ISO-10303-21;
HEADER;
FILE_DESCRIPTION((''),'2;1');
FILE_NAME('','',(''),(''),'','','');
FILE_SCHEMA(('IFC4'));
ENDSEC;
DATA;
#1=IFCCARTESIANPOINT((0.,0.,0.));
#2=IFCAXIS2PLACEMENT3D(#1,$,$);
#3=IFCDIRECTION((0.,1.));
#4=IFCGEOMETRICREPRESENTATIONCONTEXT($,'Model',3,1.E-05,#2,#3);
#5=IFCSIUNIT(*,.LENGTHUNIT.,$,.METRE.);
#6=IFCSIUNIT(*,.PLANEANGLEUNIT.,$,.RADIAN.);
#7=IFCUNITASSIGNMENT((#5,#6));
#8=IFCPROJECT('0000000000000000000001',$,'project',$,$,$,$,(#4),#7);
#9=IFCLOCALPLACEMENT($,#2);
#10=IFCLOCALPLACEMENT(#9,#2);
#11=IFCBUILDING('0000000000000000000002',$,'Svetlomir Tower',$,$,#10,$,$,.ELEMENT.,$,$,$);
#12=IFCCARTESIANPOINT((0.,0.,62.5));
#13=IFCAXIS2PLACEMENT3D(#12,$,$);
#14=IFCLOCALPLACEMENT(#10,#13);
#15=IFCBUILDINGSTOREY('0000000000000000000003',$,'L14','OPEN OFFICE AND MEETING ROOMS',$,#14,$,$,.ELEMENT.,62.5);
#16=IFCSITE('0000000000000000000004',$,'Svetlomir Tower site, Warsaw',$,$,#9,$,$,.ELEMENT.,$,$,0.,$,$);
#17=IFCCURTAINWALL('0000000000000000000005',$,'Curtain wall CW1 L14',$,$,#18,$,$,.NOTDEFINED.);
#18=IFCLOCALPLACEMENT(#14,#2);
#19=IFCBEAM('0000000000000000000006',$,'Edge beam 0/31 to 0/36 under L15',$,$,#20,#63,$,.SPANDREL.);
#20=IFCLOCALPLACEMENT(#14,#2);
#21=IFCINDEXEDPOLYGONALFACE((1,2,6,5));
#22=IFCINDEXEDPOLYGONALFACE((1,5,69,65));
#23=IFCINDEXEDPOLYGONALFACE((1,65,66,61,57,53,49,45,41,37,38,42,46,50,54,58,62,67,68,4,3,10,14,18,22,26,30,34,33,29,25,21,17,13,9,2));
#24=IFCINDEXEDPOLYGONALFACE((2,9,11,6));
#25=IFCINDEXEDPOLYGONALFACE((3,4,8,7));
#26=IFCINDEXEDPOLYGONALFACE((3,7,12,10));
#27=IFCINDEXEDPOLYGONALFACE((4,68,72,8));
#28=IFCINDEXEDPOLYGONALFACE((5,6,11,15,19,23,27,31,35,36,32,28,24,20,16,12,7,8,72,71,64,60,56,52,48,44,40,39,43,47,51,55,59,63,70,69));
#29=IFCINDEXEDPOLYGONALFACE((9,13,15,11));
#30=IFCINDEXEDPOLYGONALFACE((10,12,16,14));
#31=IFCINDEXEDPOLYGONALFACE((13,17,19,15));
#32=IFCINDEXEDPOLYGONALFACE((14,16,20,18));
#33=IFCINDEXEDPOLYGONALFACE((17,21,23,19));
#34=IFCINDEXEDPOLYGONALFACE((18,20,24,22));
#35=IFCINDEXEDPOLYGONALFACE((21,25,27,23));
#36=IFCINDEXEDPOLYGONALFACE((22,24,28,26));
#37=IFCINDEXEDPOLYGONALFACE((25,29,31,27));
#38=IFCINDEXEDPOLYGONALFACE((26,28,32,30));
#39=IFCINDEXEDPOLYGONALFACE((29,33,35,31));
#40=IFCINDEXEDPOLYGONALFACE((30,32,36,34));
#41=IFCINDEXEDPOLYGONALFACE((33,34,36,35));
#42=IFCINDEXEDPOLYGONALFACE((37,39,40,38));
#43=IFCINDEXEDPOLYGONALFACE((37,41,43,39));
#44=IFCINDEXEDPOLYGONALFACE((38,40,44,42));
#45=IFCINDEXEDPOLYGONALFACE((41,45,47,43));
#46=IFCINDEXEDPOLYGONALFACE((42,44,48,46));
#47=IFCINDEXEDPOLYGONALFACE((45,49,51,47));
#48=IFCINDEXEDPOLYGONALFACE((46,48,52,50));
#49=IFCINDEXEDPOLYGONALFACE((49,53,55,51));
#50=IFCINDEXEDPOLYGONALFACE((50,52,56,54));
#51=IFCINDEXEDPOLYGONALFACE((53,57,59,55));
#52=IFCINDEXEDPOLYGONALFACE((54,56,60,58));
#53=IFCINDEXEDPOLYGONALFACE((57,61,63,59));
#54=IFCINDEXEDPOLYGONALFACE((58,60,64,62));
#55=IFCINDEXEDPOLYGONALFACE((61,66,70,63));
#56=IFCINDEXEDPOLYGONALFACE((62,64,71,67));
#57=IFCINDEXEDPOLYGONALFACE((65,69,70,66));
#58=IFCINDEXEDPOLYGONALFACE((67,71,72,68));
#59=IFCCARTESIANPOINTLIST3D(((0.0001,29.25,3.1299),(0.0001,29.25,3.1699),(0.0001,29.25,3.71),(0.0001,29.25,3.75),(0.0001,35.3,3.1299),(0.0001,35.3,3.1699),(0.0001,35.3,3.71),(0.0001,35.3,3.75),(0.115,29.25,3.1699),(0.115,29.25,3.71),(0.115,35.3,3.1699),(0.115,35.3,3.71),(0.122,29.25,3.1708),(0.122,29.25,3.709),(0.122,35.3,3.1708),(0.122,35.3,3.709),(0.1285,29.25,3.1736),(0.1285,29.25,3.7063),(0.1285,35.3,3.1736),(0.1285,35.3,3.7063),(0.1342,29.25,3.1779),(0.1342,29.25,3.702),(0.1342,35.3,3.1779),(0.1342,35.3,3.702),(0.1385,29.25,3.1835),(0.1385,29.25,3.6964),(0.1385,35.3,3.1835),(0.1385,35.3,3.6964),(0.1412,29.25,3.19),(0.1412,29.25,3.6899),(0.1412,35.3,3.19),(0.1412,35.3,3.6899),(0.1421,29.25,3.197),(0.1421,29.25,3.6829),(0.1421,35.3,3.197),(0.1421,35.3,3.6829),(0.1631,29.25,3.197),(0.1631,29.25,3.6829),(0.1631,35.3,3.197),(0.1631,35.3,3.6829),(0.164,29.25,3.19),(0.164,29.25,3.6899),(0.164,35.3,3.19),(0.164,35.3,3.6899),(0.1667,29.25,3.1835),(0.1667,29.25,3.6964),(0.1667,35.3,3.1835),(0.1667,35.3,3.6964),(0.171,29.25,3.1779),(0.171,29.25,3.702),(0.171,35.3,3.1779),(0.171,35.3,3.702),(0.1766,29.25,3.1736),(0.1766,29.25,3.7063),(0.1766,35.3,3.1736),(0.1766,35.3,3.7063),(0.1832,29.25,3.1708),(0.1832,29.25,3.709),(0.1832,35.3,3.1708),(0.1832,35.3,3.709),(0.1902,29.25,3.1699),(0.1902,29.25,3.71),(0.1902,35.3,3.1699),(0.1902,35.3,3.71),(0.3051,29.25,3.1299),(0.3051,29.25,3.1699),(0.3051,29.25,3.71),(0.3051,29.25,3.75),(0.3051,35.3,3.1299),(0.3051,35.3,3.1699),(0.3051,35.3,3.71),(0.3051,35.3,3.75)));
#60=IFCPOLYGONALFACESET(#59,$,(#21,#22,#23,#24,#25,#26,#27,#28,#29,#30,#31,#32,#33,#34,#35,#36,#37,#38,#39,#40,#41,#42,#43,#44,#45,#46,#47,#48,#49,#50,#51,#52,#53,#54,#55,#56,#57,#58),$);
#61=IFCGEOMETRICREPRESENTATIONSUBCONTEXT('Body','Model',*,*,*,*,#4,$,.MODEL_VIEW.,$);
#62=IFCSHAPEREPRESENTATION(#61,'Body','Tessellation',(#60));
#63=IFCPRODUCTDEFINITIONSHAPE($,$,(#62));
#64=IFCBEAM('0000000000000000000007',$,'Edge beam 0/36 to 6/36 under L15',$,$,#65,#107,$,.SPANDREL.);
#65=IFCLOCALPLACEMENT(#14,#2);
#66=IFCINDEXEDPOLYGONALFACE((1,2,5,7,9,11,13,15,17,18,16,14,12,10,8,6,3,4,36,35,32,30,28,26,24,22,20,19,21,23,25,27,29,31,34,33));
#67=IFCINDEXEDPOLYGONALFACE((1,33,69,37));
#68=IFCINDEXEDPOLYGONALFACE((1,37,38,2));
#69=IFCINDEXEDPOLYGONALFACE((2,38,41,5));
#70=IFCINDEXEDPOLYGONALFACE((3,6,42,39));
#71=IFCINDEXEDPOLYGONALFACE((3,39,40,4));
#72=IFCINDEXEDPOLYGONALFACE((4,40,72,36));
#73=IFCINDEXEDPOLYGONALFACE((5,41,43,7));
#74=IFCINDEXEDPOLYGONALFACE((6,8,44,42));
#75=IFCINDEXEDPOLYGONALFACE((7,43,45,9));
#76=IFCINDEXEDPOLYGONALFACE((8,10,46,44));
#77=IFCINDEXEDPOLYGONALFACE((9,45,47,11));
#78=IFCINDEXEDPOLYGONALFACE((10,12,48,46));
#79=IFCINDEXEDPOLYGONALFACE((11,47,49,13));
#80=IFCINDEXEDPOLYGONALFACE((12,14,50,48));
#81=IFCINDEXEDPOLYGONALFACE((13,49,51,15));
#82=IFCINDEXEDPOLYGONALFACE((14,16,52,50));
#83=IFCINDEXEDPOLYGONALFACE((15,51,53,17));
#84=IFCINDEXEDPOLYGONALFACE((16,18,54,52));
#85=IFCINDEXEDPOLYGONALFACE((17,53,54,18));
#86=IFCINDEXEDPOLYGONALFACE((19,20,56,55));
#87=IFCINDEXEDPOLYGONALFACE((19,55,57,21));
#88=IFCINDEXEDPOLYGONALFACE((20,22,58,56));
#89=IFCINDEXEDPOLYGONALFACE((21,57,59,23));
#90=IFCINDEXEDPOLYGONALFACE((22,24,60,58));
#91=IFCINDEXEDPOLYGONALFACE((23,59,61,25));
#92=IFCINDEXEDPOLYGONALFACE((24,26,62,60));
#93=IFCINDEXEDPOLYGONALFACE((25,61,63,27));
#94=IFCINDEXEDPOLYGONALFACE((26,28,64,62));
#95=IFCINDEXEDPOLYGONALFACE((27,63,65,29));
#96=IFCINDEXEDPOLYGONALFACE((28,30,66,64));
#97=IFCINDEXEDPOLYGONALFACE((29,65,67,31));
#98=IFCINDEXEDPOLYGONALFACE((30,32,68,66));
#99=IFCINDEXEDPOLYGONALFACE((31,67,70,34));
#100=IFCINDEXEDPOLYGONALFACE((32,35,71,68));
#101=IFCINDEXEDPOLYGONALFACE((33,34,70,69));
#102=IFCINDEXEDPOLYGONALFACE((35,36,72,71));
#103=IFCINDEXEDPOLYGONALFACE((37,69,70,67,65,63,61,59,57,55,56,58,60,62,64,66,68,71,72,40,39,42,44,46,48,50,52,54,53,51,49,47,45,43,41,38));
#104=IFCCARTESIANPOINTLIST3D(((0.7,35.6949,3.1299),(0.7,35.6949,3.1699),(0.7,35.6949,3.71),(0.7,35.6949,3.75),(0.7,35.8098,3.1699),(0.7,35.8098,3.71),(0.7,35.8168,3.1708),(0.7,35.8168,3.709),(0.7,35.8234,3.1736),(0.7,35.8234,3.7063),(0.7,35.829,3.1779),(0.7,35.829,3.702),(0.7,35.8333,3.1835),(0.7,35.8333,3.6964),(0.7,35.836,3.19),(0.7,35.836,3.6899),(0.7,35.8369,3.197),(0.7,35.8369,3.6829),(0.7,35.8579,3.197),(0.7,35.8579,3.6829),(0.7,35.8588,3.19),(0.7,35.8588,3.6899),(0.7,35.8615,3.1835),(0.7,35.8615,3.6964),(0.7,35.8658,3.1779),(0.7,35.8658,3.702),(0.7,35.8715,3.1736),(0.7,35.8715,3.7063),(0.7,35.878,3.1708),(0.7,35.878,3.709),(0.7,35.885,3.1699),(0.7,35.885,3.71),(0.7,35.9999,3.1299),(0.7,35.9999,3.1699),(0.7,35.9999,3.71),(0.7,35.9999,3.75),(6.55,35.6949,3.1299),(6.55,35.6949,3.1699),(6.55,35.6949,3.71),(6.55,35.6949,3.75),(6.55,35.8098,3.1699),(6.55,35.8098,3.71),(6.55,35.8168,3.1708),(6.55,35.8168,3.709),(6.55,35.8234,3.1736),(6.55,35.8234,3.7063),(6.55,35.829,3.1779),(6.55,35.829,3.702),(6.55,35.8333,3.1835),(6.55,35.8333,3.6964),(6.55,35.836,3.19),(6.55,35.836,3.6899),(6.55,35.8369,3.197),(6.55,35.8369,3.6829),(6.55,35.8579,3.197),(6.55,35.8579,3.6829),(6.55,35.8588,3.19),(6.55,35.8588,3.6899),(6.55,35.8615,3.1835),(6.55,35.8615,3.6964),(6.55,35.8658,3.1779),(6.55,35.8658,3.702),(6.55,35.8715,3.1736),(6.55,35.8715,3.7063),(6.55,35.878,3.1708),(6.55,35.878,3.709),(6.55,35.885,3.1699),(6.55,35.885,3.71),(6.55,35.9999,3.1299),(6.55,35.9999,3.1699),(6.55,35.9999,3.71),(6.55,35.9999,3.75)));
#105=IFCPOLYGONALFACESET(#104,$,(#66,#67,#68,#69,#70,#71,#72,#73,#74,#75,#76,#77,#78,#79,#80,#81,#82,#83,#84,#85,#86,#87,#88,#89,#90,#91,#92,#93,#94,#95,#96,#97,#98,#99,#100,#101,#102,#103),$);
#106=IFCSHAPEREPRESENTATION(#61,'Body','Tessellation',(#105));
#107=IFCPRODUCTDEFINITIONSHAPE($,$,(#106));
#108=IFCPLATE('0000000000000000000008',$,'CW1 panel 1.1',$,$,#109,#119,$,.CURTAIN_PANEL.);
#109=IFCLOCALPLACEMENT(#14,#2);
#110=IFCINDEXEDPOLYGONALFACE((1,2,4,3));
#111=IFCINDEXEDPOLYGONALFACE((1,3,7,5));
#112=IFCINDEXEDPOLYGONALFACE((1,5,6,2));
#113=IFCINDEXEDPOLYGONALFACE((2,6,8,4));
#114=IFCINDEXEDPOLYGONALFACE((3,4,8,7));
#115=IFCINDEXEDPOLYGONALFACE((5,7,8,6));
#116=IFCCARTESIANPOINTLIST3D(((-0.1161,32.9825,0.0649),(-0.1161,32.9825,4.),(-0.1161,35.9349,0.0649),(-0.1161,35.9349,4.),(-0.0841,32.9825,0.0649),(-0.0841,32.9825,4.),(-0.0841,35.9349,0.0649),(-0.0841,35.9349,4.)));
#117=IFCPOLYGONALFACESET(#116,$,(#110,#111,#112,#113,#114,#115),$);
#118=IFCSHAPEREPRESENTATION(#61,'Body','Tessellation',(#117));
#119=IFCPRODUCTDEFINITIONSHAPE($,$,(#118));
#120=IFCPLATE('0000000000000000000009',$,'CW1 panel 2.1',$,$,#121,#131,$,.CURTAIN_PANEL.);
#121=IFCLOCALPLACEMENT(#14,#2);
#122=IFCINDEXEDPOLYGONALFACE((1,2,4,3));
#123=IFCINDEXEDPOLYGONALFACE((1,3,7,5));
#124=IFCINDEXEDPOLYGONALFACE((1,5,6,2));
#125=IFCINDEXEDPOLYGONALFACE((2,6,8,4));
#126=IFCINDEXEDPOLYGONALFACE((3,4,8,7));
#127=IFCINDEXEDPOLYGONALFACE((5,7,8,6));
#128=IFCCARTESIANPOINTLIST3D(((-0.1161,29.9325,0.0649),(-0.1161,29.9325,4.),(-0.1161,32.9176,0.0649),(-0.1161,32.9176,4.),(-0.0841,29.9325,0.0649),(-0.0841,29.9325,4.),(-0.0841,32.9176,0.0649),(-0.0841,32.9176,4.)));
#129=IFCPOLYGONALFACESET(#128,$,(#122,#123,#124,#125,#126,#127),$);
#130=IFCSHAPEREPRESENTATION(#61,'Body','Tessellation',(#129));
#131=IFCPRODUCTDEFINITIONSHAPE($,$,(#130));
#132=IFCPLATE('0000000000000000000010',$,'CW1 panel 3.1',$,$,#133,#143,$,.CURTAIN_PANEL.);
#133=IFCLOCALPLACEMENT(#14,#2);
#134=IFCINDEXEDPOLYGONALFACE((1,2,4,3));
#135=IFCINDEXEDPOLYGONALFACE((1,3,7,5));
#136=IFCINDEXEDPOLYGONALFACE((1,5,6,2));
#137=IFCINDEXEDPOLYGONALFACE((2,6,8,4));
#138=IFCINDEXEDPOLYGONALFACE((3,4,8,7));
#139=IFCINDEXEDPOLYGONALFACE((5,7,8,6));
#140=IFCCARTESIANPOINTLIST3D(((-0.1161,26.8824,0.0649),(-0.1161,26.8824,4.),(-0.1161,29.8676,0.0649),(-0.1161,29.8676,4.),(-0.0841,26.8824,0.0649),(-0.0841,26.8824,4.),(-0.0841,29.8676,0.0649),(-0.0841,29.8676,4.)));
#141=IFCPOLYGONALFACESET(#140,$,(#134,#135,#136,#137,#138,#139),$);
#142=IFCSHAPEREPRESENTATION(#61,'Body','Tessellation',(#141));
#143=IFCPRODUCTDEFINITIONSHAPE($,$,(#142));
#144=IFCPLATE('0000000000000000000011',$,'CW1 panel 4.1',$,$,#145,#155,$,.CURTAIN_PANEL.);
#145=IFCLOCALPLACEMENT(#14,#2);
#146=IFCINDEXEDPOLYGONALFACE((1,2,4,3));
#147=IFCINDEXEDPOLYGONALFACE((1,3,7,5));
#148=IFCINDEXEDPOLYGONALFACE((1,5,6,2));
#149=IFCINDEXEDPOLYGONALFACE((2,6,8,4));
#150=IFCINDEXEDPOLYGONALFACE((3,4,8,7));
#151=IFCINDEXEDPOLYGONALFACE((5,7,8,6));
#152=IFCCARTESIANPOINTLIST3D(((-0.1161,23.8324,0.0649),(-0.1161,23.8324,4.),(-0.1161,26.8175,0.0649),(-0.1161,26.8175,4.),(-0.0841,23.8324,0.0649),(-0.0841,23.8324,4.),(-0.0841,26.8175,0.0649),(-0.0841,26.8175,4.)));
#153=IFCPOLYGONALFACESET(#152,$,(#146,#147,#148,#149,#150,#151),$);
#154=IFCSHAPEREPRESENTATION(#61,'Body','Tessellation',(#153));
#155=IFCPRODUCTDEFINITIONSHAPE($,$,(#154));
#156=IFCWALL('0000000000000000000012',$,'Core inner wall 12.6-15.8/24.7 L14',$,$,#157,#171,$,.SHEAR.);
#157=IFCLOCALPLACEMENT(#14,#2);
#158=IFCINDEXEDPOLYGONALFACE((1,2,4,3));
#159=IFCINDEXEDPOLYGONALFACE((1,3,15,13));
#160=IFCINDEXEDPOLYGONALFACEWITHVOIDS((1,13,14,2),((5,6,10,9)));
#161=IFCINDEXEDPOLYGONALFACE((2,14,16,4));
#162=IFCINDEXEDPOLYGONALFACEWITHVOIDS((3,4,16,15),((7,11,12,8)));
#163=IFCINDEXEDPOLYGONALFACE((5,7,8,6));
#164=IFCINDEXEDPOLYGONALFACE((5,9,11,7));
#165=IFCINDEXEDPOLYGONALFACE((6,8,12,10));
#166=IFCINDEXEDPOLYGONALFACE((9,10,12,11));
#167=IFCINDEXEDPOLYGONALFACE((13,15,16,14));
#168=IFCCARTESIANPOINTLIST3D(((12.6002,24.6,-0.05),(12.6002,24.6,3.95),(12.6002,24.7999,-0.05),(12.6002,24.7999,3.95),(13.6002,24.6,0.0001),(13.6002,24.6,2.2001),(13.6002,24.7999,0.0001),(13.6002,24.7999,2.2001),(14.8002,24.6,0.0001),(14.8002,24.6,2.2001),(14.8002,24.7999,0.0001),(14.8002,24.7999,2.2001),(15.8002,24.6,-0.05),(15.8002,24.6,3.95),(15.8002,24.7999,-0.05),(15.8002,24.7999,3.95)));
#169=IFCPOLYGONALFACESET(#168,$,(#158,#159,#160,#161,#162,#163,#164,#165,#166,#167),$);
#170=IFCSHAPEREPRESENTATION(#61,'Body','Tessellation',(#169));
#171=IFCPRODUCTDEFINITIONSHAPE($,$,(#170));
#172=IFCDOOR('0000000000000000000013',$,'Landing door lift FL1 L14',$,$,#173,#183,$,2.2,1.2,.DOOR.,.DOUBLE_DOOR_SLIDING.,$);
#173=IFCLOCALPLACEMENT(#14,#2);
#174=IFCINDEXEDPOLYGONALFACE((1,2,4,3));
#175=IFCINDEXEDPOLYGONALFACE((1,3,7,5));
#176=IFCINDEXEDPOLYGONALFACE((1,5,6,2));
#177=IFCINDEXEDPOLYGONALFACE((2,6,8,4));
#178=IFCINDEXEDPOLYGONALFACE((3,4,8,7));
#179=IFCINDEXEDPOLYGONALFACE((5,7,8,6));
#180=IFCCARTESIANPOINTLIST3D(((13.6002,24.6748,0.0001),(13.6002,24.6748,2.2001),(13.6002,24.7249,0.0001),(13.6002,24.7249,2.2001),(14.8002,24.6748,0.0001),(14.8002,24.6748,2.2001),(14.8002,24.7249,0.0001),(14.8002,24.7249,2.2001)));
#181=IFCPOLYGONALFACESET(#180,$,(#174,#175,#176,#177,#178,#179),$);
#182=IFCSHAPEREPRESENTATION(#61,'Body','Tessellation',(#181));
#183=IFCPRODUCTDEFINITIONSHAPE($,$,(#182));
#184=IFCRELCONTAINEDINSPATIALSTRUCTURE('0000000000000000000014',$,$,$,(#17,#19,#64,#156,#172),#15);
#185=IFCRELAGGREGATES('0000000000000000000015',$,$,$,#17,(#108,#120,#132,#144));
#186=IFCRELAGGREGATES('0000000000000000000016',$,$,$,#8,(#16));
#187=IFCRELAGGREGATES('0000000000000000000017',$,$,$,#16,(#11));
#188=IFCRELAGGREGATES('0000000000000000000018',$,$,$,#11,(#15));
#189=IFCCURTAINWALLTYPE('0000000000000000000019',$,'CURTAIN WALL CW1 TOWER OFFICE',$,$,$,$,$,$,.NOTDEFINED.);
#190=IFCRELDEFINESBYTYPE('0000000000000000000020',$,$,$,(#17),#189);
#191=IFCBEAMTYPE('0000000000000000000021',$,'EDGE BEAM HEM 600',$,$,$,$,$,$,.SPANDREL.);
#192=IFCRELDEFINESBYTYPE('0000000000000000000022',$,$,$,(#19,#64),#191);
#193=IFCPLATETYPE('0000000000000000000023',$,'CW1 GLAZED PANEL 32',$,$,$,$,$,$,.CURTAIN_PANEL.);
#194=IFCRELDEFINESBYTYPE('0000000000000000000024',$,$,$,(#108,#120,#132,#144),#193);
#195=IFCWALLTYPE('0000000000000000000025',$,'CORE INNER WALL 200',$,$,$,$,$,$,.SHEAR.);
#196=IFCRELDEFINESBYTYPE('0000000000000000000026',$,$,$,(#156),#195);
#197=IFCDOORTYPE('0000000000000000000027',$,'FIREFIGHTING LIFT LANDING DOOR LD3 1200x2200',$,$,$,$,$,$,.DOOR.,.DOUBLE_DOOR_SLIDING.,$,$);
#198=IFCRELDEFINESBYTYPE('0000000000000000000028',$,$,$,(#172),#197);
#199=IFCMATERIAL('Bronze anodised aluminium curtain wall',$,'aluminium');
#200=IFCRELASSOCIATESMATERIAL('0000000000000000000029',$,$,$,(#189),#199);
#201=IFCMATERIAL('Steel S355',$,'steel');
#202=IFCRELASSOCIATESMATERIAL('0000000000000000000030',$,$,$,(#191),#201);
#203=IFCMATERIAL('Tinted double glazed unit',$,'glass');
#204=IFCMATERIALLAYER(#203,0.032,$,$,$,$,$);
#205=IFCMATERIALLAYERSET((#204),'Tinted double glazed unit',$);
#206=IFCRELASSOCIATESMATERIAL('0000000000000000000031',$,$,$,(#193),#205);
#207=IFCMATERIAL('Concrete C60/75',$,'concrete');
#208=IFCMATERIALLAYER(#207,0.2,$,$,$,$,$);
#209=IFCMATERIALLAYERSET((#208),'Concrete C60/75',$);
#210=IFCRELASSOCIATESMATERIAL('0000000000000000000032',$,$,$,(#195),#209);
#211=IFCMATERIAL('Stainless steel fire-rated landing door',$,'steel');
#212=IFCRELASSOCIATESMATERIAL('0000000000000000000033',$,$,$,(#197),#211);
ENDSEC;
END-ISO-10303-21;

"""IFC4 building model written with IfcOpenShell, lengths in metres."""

from ifc_helpers import new_model, si_unit, direction, frame, frame_2d, origin, origin_2d, place, context, subcontext, project, spatial, rectangle, i_section, extrude, material, layer, layer_set, material_profile, profile_set, type_object, element, fill, aggregate, save


model = new_model("IFC4")

# Units and contexts
model_context = context("Model", 3, precision=1e-05, world=origin(), true_north=direction((0.0, 1.0)))
body_context = subcontext(model_context, "Body", "Model", "MODEL_VIEW")
ifc_project = project(units=[si_unit("LENGTHUNIT", "METRE"), si_unit("PLANEANGLEUNIT", "RADIAN")], contexts=[model_context])

# Site, building, storey
site_placement = place(None, origin())
site = spatial("IfcSite", under=ifc_project, at=site_placement, Name="Svetlomir Tower site, Warsaw", CompositionType="ELEMENT", RefElevation=0.0)
building_placement = place(site_placement, origin())
building = spatial("IfcBuilding", under=site, at=building_placement, Name="Svetlomir Tower", CompositionType="ELEMENT")
storey_placement = place(building_placement, frame((0.0, 0.0, 62.5)))
storey = spatial("IfcBuildingStorey", under=building, at=storey_placement, Name="L14", Description="OPEN OFFICE AND MEETING ROOMS", CompositionType="ELEMENT", Elevation=62.5)

# Curtain wall
ifc_material_1 = material(Name="Bronze anodised aluminium curtain wall", Category="aluminium")
curtain_wall_type = type_object("IfcCurtainWallType", Name="CURTAIN WALL CW1 TOWER OFFICE", PredefinedType="NOTDEFINED", material=ifc_material_1)
curtain_wall_placement = place(storey_placement, origin())
curtain_wall = element("IfcCurtainWall", 1, at=curtain_wall_placement, inside=storey, type_object=curtain_wall_type, Name="Curtain wall CW1 L14", PredefinedType="NOTDEFINED")

# Beams
ifc_material_2 = material(Name="Steel S355", Category="steel")
ifc_material_profile_1 = material_profile(ifc_material_2, i_section(OverallWidth=0.3049, OverallDepth=0.6201, WebThickness=0.021, FlangeThickness=0.04, FilletRadius=0.0271, at=origin_2d()), Name="HEM 600")
ifc_profile_set_1 = profile_set([ifc_material_profile_1], Name="Steel S355")
beam_type = type_object("IfcBeamType", Name="EDGE BEAM HEM 600", PredefinedType="SPANDREL", material=ifc_profile_set_1)
beam_1_placement = place(storey_placement, frame((0.1526, 29.25, 3.4399), z_axis=(0.0, 1.0, 0.0), x_axis=(-1.0, 0.0, 0.0)))
element("IfcBeam", 2, at=beam_1_placement, inside=storey, type_object=beam_type, Name="Edge beam 0/31 to 0/36 under L15", PredefinedType="SPANDREL", context=body_context, shape_type="SweptSolid", body=[
    extrude(i_section(OverallWidth=0.3049, OverallDepth=0.6201, WebThickness=0.021, FlangeThickness=0.04, FilletRadius=0.0271, at=origin_2d()), origin(), (0.0, 0.0, 1.0), 6.05),
])
beam_2_placement = place(storey_placement, frame((0.7, 35.8474, 3.4399), z_axis=(1.0, 0.0, 0.0), x_axis=(0.0, 1.0, 0.0)))
element("IfcBeam", 3, at=beam_2_placement, inside=storey, type_object=beam_type, Name="Edge beam 0/36 to 6/36 under L15", PredefinedType="SPANDREL", context=body_context, shape_type="SweptSolid", body=[
    extrude(i_section(OverallWidth=0.3049, OverallDepth=0.6201, WebThickness=0.021, FlangeThickness=0.04, FilletRadius=0.0271, at=origin_2d()), origin(), (0.0, 0.0, 1.0), 5.8501),
])

# Plates
ifc_material_3 = material(Name="Tinted double glazed unit", Category="glass")
ifc_layer_1 = layer(ifc_material_3, 0.032)
ifc_layer_set_1 = layer_set([ifc_layer_1], Name="Tinted double glazed unit")
plate_type = type_object("IfcPlateType", Name="CW1 GLAZED PANEL 32", PredefinedType="CURTAIN_PANEL", material=ifc_layer_set_1)
plate_1_placement = place(storey_placement, frame((-0.1001, 34.4587, 0.0649), z_axis=(0.0, 0.0, 1.0), x_axis=(0.0, -1.0, 0.0)))
plate_1 = element("IfcPlate", 4, at=plate_1_placement, type_object=plate_type, Name="CW1 panel 1.1", PredefinedType="CURTAIN_PANEL", context=body_context, shape_type="SweptSolid", body=[
    extrude(rectangle(XDim=2.9524, YDim=0.032, at=origin_2d()), origin(), (0.0, 0.0, 1.0), 3.9351),
])
plate_2_placement = place(storey_placement, frame((-0.1001, 31.425, 0.0649), z_axis=(0.0, 0.0, 1.0), x_axis=(0.0, -1.0, 0.0)))
plate_2 = element("IfcPlate", 5, at=plate_2_placement, type_object=plate_type, Name="CW1 panel 2.1", PredefinedType="CURTAIN_PANEL", context=body_context, shape_type="SweptSolid", body=[
    extrude(rectangle(XDim=2.9851, YDim=0.032, at=origin_2d()), origin(), (0.0, 0.0, 1.0), 3.9351),
])
plate_3_placement = place(storey_placement, frame((-0.1001, 28.375, 0.0649), z_axis=(0.0, 0.0, 1.0), x_axis=(0.0, -1.0, 0.0)))
plate_3 = element("IfcPlate", 6, at=plate_3_placement, type_object=plate_type, Name="CW1 panel 3.1", PredefinedType="CURTAIN_PANEL", context=body_context, shape_type="SweptSolid", body=[
    extrude(rectangle(XDim=2.9851, YDim=0.032, at=origin_2d()), origin(), (0.0, 0.0, 1.0), 3.9351),
])
plate_4_placement = place(storey_placement, frame((-0.1001, 25.325, 0.0649), z_axis=(0.0, 0.0, 1.0), x_axis=(0.0, -1.0, 0.0)))
plate_4 = element("IfcPlate", 7, at=plate_4_placement, type_object=plate_type, Name="CW1 panel 4.1", PredefinedType="CURTAIN_PANEL", context=body_context, shape_type="SweptSolid", body=[
    extrude(rectangle(XDim=2.9851, YDim=0.032, at=origin_2d()), origin(), (0.0, 0.0, 1.0), 3.9351),
])
aggregate(curtain_wall, [plate_1, plate_2, plate_3, plate_4])

# Wall, opening, door
ifc_material_4 = material(Name="Concrete C60/75", Category="concrete")
ifc_layer_2 = layer(ifc_material_4, 0.2)
ifc_layer_set_2 = layer_set([ifc_layer_2], Name="Concrete C60/75")
wall_type_1 = type_object("IfcWallType", Name="CORE INNER WALL 200", PredefinedType="SHEAR", material=ifc_layer_set_2)
wall_1_placement = place(storey_placement, frame((12.6001, 24.7, -0.05), z_axis=(0.0, 0.0, 1.0), x_axis=(1.0, 0.0, 0.0)))
wall_1 = element("IfcWall", 8, at=wall_1_placement, inside=storey, type_object=wall_type_1, Name="Core inner wall 12.6-15.8/24.7 L14", PredefinedType="SHEAR", context=body_context, shape_type="SweptSolid", body=[
    extrude(rectangle(XDim=3.2, YDim=0.2, at=frame_2d((1.6001, 0.0))), origin(), (0.0, 0.0, 1.0), 4.0),
])
opening_1_placement = place(wall_1_placement, frame((1.0, 0.0, 0.05)))
opening_1 = element("IfcOpeningElement", 9, at=opening_1_placement, cuts=wall_1, PredefinedType="OPENING", context=body_context, shape_type="SweptSolid", body=[
    extrude(rectangle(XDim=1.2, YDim=2.2, at=frame_2d((0.6001, 1.1001))), frame((0.0, 0.1099, 0.0), z_axis=(0.0, -1.0, 0.0), x_axis=(1.0, 0.0, 0.0)), (0.0, 0.0, 1.0), 0.22),
])
ifc_material_5 = material(Name="Stainless steel fire-rated landing door", Category="steel")
door_type_1 = type_object("IfcDoorType", Name="FIREFIGHTING LIFT LANDING DOOR LD3 1200x2200", OperationType="DOUBLE_DOOR_SLIDING", PredefinedType="DOOR", material=ifc_material_5)
door_1_placement = place(opening_1_placement, origin())
door_1 = element("IfcDoor", 10, at=door_1_placement, inside=storey, type_object=door_type_1, Name="Landing door lift FL1 L14", OperationType="DOUBLE_DOOR_SLIDING", OverallHeight=2.2, OverallWidth=1.2, PredefinedType="DOOR", context=body_context, shape_type="SweptSolid", body=[
    extrude(rectangle(XDim=1.2, YDim=2.2, at=frame_2d((0.6001, 1.1001))), frame((0.0, 0.0249, 0.0), z_axis=(0.0, -1.0, 0.0), x_axis=(1.0, 0.0, 0.0)), (0.0, 0.0, 1.0), 0.05),
])
fill(opening_1, door_1)

save(model, "model.ifc")
